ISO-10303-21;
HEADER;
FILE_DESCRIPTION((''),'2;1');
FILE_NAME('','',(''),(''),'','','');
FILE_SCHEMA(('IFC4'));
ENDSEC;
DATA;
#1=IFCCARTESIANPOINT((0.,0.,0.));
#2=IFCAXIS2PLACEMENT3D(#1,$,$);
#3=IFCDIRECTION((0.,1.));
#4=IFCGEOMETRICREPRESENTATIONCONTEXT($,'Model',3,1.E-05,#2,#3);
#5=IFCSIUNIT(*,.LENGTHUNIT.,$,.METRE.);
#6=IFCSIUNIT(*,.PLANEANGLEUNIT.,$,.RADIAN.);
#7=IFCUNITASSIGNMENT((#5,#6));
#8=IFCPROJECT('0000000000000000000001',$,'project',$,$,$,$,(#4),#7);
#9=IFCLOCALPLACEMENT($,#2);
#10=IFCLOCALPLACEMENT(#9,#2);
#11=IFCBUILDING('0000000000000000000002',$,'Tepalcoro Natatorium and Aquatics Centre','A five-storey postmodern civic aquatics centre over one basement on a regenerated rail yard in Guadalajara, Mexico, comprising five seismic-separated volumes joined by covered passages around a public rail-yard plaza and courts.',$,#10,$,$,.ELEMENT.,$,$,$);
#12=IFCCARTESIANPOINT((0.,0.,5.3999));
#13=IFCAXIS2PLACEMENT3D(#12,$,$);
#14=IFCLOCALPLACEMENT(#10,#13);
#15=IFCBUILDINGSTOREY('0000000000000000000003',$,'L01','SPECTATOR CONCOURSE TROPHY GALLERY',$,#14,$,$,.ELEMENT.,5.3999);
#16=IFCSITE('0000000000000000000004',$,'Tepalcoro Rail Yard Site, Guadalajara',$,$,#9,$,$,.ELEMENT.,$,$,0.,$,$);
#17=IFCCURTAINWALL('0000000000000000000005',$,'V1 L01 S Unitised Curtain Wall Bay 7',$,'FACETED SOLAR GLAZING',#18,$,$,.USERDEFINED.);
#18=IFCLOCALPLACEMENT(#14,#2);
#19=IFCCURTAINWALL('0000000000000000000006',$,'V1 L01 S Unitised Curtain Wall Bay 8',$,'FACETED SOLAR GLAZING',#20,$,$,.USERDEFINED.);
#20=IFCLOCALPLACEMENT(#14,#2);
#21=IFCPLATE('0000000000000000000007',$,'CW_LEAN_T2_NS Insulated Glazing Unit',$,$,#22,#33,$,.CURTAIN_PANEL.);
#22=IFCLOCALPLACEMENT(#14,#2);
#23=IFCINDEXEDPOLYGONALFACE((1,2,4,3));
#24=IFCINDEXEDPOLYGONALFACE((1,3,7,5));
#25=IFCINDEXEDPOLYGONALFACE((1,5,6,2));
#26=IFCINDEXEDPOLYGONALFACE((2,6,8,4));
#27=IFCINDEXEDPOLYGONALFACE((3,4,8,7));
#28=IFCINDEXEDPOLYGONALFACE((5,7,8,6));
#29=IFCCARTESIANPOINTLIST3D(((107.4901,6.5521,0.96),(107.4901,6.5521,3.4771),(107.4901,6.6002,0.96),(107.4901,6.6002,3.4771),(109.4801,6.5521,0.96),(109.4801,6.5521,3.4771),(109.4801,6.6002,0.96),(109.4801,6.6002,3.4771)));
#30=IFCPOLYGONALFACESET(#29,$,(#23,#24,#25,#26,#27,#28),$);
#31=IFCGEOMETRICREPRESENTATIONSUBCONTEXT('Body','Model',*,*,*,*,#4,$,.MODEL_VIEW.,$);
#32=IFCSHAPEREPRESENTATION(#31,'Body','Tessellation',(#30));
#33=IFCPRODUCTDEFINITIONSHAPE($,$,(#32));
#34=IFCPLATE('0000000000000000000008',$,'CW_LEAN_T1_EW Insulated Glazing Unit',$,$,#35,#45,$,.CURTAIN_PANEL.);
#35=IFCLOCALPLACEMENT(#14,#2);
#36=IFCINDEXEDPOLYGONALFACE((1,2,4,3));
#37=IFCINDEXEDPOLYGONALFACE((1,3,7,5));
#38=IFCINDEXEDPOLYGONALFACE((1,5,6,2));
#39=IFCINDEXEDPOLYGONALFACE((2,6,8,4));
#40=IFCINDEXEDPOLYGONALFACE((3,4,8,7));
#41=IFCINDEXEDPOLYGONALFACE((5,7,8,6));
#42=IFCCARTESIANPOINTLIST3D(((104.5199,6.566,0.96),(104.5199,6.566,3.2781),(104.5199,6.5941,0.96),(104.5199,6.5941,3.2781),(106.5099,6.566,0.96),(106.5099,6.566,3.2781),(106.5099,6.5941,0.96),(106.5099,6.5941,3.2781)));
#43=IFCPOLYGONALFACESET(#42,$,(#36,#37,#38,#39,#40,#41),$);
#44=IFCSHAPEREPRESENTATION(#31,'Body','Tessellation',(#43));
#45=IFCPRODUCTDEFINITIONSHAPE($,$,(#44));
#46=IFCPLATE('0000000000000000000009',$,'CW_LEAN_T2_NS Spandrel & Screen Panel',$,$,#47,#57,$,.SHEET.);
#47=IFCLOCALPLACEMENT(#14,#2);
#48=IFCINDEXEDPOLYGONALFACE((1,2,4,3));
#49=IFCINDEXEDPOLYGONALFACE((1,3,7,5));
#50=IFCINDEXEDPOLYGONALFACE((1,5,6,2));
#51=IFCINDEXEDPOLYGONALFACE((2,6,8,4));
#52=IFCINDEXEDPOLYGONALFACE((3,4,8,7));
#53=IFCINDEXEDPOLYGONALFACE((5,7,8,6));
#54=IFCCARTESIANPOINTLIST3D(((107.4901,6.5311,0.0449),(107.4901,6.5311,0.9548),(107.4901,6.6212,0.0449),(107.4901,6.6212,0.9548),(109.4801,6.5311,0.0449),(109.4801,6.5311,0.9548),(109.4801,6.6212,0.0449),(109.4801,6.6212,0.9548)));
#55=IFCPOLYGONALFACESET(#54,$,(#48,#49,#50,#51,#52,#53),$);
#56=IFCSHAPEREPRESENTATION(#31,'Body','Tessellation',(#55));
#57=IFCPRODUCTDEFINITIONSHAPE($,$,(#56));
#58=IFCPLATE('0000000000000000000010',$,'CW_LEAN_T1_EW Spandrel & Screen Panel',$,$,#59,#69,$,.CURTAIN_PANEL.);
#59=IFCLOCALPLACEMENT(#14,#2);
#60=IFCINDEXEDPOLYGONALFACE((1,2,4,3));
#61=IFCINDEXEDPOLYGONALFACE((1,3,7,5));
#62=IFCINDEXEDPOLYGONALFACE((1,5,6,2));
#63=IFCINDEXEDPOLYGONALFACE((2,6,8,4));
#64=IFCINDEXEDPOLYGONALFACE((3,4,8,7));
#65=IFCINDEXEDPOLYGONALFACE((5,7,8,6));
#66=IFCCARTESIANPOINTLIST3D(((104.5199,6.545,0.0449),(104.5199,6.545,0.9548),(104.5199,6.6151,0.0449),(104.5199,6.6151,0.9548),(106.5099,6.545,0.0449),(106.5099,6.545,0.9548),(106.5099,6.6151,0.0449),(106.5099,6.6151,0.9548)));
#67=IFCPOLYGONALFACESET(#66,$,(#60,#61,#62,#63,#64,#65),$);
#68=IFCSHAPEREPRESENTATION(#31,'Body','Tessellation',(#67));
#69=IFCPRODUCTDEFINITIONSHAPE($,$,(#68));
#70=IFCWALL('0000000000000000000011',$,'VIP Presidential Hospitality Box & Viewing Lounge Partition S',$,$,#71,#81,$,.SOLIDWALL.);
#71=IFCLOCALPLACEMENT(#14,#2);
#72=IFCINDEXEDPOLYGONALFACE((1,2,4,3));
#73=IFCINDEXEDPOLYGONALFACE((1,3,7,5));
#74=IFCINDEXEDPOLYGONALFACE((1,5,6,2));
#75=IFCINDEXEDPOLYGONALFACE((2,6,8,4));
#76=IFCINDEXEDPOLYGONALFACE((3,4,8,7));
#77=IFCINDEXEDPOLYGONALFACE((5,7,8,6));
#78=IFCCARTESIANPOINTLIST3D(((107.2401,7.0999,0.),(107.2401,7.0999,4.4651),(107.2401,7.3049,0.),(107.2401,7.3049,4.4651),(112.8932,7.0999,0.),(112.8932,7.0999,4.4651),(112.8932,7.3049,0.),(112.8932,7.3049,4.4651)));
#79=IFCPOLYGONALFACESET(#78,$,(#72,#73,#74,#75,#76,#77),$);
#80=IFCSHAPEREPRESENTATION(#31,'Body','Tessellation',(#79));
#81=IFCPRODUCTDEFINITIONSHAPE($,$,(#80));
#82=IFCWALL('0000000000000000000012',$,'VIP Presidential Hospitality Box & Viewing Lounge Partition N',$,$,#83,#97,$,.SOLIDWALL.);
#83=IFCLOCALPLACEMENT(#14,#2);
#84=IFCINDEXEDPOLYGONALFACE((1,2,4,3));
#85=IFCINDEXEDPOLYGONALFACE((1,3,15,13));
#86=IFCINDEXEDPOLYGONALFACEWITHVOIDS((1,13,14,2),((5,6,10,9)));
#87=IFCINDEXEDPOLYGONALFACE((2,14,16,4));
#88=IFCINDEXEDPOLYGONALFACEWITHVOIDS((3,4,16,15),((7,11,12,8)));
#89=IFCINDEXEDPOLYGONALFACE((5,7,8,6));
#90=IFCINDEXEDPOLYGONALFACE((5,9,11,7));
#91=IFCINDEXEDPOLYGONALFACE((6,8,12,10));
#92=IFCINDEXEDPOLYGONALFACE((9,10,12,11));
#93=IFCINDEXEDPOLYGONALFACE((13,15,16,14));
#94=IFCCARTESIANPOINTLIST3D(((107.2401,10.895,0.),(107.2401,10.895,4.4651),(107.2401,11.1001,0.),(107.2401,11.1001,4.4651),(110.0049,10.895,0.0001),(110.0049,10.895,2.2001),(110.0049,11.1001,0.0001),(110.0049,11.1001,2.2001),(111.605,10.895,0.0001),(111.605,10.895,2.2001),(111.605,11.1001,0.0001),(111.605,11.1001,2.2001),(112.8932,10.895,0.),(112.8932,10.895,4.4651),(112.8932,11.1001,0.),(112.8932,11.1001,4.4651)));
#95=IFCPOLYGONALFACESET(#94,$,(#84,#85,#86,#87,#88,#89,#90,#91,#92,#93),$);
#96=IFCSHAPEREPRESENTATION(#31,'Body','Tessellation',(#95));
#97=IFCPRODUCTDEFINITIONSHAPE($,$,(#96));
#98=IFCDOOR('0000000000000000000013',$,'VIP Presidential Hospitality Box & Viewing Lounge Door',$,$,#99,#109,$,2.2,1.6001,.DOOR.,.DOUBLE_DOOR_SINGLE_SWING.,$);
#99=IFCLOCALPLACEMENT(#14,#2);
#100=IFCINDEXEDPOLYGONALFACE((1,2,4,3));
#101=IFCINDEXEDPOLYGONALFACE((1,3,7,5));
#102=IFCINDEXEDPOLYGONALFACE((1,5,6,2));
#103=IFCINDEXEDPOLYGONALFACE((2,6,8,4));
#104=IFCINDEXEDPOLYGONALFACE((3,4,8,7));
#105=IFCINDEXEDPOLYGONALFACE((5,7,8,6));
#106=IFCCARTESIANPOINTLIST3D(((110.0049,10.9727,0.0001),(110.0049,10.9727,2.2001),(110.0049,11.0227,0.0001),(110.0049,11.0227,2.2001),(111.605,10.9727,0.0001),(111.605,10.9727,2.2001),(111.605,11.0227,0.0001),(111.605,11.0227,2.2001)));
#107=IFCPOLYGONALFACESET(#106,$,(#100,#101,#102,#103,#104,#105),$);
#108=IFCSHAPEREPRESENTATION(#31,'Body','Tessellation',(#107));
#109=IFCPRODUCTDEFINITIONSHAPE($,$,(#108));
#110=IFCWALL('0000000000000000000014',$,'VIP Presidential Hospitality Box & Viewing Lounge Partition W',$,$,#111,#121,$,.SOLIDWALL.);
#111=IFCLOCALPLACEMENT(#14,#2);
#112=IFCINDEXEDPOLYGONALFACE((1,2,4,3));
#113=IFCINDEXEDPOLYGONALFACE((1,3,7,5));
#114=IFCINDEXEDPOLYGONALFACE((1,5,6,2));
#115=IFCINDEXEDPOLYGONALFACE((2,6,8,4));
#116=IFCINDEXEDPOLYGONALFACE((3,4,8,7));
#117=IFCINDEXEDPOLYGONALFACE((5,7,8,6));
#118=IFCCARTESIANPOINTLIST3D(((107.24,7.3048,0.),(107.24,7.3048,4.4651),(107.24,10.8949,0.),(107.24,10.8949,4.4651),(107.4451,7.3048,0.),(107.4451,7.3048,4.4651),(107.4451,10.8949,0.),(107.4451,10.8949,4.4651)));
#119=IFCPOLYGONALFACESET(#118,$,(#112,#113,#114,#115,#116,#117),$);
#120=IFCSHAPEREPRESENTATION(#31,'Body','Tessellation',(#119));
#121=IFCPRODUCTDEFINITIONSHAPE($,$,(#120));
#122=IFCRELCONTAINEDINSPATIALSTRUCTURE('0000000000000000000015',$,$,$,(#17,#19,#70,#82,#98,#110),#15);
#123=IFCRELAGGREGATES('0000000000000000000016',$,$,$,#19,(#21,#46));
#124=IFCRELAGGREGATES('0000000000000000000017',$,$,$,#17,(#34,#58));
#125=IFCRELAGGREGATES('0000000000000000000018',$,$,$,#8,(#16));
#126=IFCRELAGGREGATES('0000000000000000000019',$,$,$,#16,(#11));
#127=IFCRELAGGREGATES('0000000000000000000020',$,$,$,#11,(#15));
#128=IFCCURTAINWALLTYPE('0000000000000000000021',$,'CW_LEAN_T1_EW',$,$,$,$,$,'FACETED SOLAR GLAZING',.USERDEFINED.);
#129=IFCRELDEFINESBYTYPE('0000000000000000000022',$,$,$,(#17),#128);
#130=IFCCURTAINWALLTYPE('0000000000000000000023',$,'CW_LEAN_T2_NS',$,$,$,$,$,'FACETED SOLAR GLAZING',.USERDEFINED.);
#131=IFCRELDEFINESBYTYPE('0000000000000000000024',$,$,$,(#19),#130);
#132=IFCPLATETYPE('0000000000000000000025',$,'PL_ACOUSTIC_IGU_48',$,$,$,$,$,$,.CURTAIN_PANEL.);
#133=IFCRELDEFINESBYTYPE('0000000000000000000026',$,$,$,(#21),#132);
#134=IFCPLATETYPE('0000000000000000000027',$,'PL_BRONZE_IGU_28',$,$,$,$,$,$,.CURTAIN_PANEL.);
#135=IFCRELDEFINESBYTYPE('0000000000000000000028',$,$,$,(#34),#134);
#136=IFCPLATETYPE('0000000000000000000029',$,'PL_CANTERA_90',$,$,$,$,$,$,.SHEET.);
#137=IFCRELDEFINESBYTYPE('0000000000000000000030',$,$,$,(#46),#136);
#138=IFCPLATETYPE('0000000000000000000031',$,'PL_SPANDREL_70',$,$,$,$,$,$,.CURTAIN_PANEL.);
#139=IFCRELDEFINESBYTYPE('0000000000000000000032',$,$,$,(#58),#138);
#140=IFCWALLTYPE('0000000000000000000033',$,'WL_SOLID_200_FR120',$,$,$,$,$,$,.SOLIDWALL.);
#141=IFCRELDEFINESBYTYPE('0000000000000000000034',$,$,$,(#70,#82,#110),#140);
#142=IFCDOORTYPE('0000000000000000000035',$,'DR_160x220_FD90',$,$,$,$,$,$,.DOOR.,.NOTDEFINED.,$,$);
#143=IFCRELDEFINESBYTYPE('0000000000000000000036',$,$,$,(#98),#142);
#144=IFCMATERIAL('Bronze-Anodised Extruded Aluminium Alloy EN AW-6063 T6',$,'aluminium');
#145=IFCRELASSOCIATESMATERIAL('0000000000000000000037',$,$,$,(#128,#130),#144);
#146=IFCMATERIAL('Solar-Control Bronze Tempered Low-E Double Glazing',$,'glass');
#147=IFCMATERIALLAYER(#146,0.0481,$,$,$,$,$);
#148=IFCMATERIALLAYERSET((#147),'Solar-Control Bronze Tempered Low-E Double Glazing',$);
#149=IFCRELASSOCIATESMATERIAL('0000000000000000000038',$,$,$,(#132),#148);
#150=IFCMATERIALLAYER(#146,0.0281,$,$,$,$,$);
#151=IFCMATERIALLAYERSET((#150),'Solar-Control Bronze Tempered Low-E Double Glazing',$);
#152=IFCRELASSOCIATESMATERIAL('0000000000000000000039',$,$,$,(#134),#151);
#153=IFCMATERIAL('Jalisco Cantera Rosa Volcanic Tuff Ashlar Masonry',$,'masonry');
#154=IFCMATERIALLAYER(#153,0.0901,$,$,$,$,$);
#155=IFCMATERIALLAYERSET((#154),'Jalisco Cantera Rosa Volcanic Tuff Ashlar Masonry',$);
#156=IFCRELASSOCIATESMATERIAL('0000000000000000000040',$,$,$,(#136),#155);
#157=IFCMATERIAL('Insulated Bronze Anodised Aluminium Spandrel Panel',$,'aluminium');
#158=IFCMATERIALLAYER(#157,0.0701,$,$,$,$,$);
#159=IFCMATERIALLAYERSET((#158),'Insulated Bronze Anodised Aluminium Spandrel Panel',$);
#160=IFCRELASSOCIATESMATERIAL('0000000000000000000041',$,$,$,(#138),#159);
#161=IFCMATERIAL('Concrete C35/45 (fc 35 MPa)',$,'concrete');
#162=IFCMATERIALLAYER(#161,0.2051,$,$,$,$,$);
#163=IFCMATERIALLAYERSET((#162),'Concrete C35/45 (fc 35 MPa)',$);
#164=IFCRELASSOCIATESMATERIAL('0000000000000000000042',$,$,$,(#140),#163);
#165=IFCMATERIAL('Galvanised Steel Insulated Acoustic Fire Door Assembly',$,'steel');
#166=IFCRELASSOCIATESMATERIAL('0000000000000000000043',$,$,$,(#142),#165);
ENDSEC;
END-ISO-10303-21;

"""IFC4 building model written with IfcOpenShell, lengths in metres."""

from ifc_helpers import new_model, si_unit, direction, frame, frame_2d, origin, origin_2d, place, context, subcontext, project, spatial, rectangle, extrude, material, layer, layer_set, type_object, element, fill, aggregate, save


model = new_model("IFC4")

# Units and contexts
model_context = context("Model", 3, precision=1e-05, world=origin(), true_north=direction((0.0, 1.0)))
body_context = subcontext(model_context, "Body", "Model", "MODEL_VIEW")
ifc_project = project(units=[si_unit("LENGTHUNIT", "METRE"), si_unit("PLANEANGLEUNIT", "RADIAN")], contexts=[model_context])

# Site, building, storey
site_placement = place(None, origin())
site = spatial("IfcSite", under=ifc_project, at=site_placement, Name="Tepalcoro Rail Yard Site, Guadalajara", CompositionType="ELEMENT", RefElevation=0.0)
building_placement = place(site_placement, origin())
building = spatial("IfcBuilding", under=site, at=building_placement, Name="Tepalcoro Natatorium and Aquatics Centre", Description="A five-storey postmodern civic aquatics centre over one basement on a regenerated rail yard in Guadalajara, Mexico, comprising five seismic-separated volumes joined by covered passages around a public rail-yard plaza and courts.", CompositionType="ELEMENT")
storey_placement = place(building_placement, frame((0.0, 0.0, 5.3999)))
storey = spatial("IfcBuildingStorey", under=building, at=storey_placement, Name="L01", Description="SPECTATOR CONCOURSE TROPHY GALLERY", CompositionType="ELEMENT", Elevation=5.3999)

# Curtain walls
ifc_material_1 = material(Name="Bronze-Anodised Extruded Aluminium Alloy EN AW-6063 T6", Category="aluminium")
curtain_wall_type_1 = type_object("IfcCurtainWallType", Name="CW_LEAN_T1_EW", ElementType="FACETED SOLAR GLAZING", PredefinedType="USERDEFINED", material=ifc_material_1)
curtain_wall_1_placement = place(storey_placement, origin())
curtain_wall_1 = element("IfcCurtainWall", 1, at=curtain_wall_1_placement, inside=storey, type_object=curtain_wall_type_1, Name="V1 L01 S Unitised Curtain Wall Bay 7", ObjectType="FACETED SOLAR GLAZING", PredefinedType="USERDEFINED")
curtain_wall_type_2 = type_object("IfcCurtainWallType", Name="CW_LEAN_T2_NS", ElementType="FACETED SOLAR GLAZING", PredefinedType="USERDEFINED", material=ifc_material_1)
curtain_wall_2_placement = place(storey_placement, origin())
curtain_wall_2 = element("IfcCurtainWall", 2, at=curtain_wall_2_placement, inside=storey, type_object=curtain_wall_type_2, Name="V1 L01 S Unitised Curtain Wall Bay 8", ObjectType="FACETED SOLAR GLAZING", PredefinedType="USERDEFINED")

# Plates
ifc_material_2 = material(Name="Solar-Control Bronze Tempered Low-E Double Glazing", Category="glass")
ifc_layer_1 = layer(ifc_material_2, 0.0481)
ifc_layer_set_1 = layer_set([ifc_layer_1], Name="Solar-Control Bronze Tempered Low-E Double Glazing")
plate_type_1 = type_object("IfcPlateType", Name="PL_ACOUSTIC_IGU_48", PredefinedType="CURTAIN_PANEL", material=ifc_layer_set_1)
plate_1_placement = place(storey_placement, frame((108.4851, 6.5762, 0.96), z_axis=(0.0, 0.0, 1.0), x_axis=(1.0, 0.0, 0.0)))
plate_1 = element("IfcPlate", 3, at=plate_1_placement, type_object=plate_type_1, Name="CW_LEAN_T2_NS Insulated Glazing Unit", PredefinedType="CURTAIN_PANEL", context=body_context, shape_type="SweptSolid", body=[
    extrude(rectangle(XDim=1.99, YDim=0.0481, at=origin_2d()), origin(), (0.0, 0.0, 1.0), 2.5171),
])
ifc_layer_2 = layer(ifc_material_2, 0.0281)
ifc_layer_set_2 = layer_set([ifc_layer_2], Name="Solar-Control Bronze Tempered Low-E Double Glazing")
plate_type_2 = type_object("IfcPlateType", Name="PL_BRONZE_IGU_28", PredefinedType="CURTAIN_PANEL", material=ifc_layer_set_2)
plate_2_placement = place(storey_placement, frame((105.5149, 6.5801, 0.96), z_axis=(0.0, 0.0, 1.0), x_axis=(1.0, 0.0, 0.0)))
plate_2 = element("IfcPlate", 4, at=plate_2_placement, type_object=plate_type_2, Name="CW_LEAN_T1_EW Insulated Glazing Unit", PredefinedType="CURTAIN_PANEL", context=body_context, shape_type="SweptSolid", body=[
    extrude(rectangle(XDim=1.99, YDim=0.0281, at=origin_2d()), origin(), (0.0, 0.0, 1.0), 2.3181),
])
ifc_material_3 = material(Name="Jalisco Cantera Rosa Volcanic Tuff Ashlar Masonry", Category="masonry")
ifc_layer_3 = layer(ifc_material_3, 0.0901)
ifc_layer_set_3 = layer_set([ifc_layer_3], Name="Jalisco Cantera Rosa Volcanic Tuff Ashlar Masonry")
plate_type_3 = type_object("IfcPlateType", Name="PL_CANTERA_90", PredefinedType="SHEET", material=ifc_layer_set_3)
plate_3_placement = place(storey_placement, frame((108.4851, 6.5762, 0.0449), z_axis=(0.0, 0.0, 1.0), x_axis=(1.0, 0.0, 0.0)))
plate_3 = element("IfcPlate", 5, at=plate_3_placement, type_object=plate_type_3, Name="CW_LEAN_T2_NS Spandrel & Screen Panel", PredefinedType="SHEET", context=body_context, shape_type="SweptSolid", body=[
    extrude(rectangle(XDim=1.99, YDim=0.0901, at=origin_2d()), origin(), (0.0, 0.0, 1.0), 0.9099),
])
aggregate(curtain_wall_2, [plate_1, plate_3])
ifc_material_4 = material(Name="Insulated Bronze Anodised Aluminium Spandrel Panel", Category="aluminium")
ifc_layer_4 = layer(ifc_material_4, 0.0701)
ifc_layer_set_4 = layer_set([ifc_layer_4], Name="Insulated Bronze Anodised Aluminium Spandrel Panel")
plate_type_4 = type_object("IfcPlateType", Name="PL_SPANDREL_70", PredefinedType="CURTAIN_PANEL", material=ifc_layer_set_4)
plate_4_placement = place(storey_placement, frame((105.5149, 6.5801, 0.0449), z_axis=(0.0, 0.0, 1.0), x_axis=(1.0, 0.0, 0.0)))
plate_4 = element("IfcPlate", 6, at=plate_4_placement, type_object=plate_type_4, Name="CW_LEAN_T1_EW Spandrel & Screen Panel", PredefinedType="CURTAIN_PANEL", context=body_context, shape_type="SweptSolid", body=[
    extrude(rectangle(XDim=1.99, YDim=0.0701, at=origin_2d()), origin(), (0.0, 0.0, 1.0), 0.9099),
])
aggregate(curtain_wall_1, [plate_2, plate_4])

# Wall
ifc_material_5 = material(Name="Concrete C35/45 (fc 35 MPa)", Category="concrete")
ifc_layer_5 = layer(ifc_material_5, 0.2051)
ifc_layer_set_5 = layer_set([ifc_layer_5], Name="Concrete C35/45 (fc 35 MPa)")
wall_type = type_object("IfcWallType", Name="WL_SOLID_200_FR120", PredefinedType="SOLIDWALL", material=ifc_layer_set_5)
wall_1_placement = place(storey_placement, frame((107.24, 7.2024, 0.0), z_axis=(0.0, 0.0, 1.0), x_axis=(1.0, 0.0, 0.0)))
element("IfcWall", 7, at=wall_1_placement, inside=storey, type_object=wall_type, Name="VIP Presidential Hospitality Box & Viewing Lounge Partition S", PredefinedType="SOLIDWALL", context=body_context, shape_type="SweptSolid", body=[
    extrude(rectangle(XDim=5.6531, YDim=0.2051, at=frame_2d((2.8267, 0.0))), origin(), (0.0, 0.0, 1.0), 4.4651),
])

# Wall, opening, door
wall_2_placement = place(storey_placement, frame((107.24, 10.9976, 0.0), z_axis=(0.0, 0.0, 1.0), x_axis=(1.0, 0.0, 0.0)))
wall_2 = element("IfcWall", 8, at=wall_2_placement, inside=storey, type_object=wall_type, Name="VIP Presidential Hospitality Box & Viewing Lounge Partition N", PredefinedType="SOLIDWALL", context=body_context, shape_type="SweptSolid", body=[
    extrude(rectangle(XDim=5.6531, YDim=0.2051, at=frame_2d((2.8267, 0.0))), origin(), (0.0, 0.0, 1.0), 4.4651),
])
opening_placement = place(wall_2_placement, frame((2.7649, 0.0, 0.0)))
opening = element("IfcOpeningElement", 9, at=opening_placement, cuts=wall_2, PredefinedType="OPENING", context=body_context, shape_type="SweptSolid", body=[
    extrude(rectangle(XDim=1.6001, YDim=2.2, at=frame_2d((0.8, 1.1001))), frame((0.0, 0.1145, 0.0), z_axis=(0.0, -1.0, 0.0), x_axis=(1.0, 0.0, 0.0)), (0.0, 0.0, 1.0), 0.229),
])
ifc_material_6 = material(Name="Galvanised Steel Insulated Acoustic Fire Door Assembly", Category="steel")
door_type = type_object("IfcDoorType", Name="DR_160x220_FD90", OperationType="NOTDEFINED", PredefinedType="DOOR", material=ifc_material_6)
door_placement = place(opening_placement, frame((1.6001, 0.0, 0.0), z_axis=(0.0, 0.0, 1.0), x_axis=(-1.0, 0.0, 0.0)))
door = element("IfcDoor", 10, at=door_placement, inside=storey, type_object=door_type, Name="VIP Presidential Hospitality Box & Viewing Lounge Door", OperationType="DOUBLE_DOOR_SINGLE_SWING", OverallHeight=2.2, OverallWidth=1.6001, PredefinedType="DOOR", context=body_context, shape_type="SweptSolid", body=[
    extrude(rectangle(XDim=1.6001, YDim=2.2, at=frame_2d((0.8, 1.1001))), frame((0.0, 0.0249, 0.0), z_axis=(0.0, -1.0, 0.0), x_axis=(1.0, 0.0, 0.0)), (0.0, 0.0, 1.0), 0.05),
])
fill(opening, door)

# Wall
wall_3_placement = place(storey_placement, frame((107.3425, 7.3049, 0.0), z_axis=(0.0, 0.0, 1.0), x_axis=(0.0, 1.0, 0.0)))
element("IfcWall", 11, at=wall_3_placement, inside=storey, type_object=wall_type, Name="VIP Presidential Hospitality Box & Viewing Lounge Partition W", PredefinedType="SOLIDWALL", context=body_context, shape_type="SweptSolid", body=[
    extrude(rectangle(XDim=3.5901, YDim=0.2051, at=frame_2d((1.7949, 0.0))), origin(), (0.0, 0.0, 1.0), 4.4651),
])

save(model, "model.ifc")
